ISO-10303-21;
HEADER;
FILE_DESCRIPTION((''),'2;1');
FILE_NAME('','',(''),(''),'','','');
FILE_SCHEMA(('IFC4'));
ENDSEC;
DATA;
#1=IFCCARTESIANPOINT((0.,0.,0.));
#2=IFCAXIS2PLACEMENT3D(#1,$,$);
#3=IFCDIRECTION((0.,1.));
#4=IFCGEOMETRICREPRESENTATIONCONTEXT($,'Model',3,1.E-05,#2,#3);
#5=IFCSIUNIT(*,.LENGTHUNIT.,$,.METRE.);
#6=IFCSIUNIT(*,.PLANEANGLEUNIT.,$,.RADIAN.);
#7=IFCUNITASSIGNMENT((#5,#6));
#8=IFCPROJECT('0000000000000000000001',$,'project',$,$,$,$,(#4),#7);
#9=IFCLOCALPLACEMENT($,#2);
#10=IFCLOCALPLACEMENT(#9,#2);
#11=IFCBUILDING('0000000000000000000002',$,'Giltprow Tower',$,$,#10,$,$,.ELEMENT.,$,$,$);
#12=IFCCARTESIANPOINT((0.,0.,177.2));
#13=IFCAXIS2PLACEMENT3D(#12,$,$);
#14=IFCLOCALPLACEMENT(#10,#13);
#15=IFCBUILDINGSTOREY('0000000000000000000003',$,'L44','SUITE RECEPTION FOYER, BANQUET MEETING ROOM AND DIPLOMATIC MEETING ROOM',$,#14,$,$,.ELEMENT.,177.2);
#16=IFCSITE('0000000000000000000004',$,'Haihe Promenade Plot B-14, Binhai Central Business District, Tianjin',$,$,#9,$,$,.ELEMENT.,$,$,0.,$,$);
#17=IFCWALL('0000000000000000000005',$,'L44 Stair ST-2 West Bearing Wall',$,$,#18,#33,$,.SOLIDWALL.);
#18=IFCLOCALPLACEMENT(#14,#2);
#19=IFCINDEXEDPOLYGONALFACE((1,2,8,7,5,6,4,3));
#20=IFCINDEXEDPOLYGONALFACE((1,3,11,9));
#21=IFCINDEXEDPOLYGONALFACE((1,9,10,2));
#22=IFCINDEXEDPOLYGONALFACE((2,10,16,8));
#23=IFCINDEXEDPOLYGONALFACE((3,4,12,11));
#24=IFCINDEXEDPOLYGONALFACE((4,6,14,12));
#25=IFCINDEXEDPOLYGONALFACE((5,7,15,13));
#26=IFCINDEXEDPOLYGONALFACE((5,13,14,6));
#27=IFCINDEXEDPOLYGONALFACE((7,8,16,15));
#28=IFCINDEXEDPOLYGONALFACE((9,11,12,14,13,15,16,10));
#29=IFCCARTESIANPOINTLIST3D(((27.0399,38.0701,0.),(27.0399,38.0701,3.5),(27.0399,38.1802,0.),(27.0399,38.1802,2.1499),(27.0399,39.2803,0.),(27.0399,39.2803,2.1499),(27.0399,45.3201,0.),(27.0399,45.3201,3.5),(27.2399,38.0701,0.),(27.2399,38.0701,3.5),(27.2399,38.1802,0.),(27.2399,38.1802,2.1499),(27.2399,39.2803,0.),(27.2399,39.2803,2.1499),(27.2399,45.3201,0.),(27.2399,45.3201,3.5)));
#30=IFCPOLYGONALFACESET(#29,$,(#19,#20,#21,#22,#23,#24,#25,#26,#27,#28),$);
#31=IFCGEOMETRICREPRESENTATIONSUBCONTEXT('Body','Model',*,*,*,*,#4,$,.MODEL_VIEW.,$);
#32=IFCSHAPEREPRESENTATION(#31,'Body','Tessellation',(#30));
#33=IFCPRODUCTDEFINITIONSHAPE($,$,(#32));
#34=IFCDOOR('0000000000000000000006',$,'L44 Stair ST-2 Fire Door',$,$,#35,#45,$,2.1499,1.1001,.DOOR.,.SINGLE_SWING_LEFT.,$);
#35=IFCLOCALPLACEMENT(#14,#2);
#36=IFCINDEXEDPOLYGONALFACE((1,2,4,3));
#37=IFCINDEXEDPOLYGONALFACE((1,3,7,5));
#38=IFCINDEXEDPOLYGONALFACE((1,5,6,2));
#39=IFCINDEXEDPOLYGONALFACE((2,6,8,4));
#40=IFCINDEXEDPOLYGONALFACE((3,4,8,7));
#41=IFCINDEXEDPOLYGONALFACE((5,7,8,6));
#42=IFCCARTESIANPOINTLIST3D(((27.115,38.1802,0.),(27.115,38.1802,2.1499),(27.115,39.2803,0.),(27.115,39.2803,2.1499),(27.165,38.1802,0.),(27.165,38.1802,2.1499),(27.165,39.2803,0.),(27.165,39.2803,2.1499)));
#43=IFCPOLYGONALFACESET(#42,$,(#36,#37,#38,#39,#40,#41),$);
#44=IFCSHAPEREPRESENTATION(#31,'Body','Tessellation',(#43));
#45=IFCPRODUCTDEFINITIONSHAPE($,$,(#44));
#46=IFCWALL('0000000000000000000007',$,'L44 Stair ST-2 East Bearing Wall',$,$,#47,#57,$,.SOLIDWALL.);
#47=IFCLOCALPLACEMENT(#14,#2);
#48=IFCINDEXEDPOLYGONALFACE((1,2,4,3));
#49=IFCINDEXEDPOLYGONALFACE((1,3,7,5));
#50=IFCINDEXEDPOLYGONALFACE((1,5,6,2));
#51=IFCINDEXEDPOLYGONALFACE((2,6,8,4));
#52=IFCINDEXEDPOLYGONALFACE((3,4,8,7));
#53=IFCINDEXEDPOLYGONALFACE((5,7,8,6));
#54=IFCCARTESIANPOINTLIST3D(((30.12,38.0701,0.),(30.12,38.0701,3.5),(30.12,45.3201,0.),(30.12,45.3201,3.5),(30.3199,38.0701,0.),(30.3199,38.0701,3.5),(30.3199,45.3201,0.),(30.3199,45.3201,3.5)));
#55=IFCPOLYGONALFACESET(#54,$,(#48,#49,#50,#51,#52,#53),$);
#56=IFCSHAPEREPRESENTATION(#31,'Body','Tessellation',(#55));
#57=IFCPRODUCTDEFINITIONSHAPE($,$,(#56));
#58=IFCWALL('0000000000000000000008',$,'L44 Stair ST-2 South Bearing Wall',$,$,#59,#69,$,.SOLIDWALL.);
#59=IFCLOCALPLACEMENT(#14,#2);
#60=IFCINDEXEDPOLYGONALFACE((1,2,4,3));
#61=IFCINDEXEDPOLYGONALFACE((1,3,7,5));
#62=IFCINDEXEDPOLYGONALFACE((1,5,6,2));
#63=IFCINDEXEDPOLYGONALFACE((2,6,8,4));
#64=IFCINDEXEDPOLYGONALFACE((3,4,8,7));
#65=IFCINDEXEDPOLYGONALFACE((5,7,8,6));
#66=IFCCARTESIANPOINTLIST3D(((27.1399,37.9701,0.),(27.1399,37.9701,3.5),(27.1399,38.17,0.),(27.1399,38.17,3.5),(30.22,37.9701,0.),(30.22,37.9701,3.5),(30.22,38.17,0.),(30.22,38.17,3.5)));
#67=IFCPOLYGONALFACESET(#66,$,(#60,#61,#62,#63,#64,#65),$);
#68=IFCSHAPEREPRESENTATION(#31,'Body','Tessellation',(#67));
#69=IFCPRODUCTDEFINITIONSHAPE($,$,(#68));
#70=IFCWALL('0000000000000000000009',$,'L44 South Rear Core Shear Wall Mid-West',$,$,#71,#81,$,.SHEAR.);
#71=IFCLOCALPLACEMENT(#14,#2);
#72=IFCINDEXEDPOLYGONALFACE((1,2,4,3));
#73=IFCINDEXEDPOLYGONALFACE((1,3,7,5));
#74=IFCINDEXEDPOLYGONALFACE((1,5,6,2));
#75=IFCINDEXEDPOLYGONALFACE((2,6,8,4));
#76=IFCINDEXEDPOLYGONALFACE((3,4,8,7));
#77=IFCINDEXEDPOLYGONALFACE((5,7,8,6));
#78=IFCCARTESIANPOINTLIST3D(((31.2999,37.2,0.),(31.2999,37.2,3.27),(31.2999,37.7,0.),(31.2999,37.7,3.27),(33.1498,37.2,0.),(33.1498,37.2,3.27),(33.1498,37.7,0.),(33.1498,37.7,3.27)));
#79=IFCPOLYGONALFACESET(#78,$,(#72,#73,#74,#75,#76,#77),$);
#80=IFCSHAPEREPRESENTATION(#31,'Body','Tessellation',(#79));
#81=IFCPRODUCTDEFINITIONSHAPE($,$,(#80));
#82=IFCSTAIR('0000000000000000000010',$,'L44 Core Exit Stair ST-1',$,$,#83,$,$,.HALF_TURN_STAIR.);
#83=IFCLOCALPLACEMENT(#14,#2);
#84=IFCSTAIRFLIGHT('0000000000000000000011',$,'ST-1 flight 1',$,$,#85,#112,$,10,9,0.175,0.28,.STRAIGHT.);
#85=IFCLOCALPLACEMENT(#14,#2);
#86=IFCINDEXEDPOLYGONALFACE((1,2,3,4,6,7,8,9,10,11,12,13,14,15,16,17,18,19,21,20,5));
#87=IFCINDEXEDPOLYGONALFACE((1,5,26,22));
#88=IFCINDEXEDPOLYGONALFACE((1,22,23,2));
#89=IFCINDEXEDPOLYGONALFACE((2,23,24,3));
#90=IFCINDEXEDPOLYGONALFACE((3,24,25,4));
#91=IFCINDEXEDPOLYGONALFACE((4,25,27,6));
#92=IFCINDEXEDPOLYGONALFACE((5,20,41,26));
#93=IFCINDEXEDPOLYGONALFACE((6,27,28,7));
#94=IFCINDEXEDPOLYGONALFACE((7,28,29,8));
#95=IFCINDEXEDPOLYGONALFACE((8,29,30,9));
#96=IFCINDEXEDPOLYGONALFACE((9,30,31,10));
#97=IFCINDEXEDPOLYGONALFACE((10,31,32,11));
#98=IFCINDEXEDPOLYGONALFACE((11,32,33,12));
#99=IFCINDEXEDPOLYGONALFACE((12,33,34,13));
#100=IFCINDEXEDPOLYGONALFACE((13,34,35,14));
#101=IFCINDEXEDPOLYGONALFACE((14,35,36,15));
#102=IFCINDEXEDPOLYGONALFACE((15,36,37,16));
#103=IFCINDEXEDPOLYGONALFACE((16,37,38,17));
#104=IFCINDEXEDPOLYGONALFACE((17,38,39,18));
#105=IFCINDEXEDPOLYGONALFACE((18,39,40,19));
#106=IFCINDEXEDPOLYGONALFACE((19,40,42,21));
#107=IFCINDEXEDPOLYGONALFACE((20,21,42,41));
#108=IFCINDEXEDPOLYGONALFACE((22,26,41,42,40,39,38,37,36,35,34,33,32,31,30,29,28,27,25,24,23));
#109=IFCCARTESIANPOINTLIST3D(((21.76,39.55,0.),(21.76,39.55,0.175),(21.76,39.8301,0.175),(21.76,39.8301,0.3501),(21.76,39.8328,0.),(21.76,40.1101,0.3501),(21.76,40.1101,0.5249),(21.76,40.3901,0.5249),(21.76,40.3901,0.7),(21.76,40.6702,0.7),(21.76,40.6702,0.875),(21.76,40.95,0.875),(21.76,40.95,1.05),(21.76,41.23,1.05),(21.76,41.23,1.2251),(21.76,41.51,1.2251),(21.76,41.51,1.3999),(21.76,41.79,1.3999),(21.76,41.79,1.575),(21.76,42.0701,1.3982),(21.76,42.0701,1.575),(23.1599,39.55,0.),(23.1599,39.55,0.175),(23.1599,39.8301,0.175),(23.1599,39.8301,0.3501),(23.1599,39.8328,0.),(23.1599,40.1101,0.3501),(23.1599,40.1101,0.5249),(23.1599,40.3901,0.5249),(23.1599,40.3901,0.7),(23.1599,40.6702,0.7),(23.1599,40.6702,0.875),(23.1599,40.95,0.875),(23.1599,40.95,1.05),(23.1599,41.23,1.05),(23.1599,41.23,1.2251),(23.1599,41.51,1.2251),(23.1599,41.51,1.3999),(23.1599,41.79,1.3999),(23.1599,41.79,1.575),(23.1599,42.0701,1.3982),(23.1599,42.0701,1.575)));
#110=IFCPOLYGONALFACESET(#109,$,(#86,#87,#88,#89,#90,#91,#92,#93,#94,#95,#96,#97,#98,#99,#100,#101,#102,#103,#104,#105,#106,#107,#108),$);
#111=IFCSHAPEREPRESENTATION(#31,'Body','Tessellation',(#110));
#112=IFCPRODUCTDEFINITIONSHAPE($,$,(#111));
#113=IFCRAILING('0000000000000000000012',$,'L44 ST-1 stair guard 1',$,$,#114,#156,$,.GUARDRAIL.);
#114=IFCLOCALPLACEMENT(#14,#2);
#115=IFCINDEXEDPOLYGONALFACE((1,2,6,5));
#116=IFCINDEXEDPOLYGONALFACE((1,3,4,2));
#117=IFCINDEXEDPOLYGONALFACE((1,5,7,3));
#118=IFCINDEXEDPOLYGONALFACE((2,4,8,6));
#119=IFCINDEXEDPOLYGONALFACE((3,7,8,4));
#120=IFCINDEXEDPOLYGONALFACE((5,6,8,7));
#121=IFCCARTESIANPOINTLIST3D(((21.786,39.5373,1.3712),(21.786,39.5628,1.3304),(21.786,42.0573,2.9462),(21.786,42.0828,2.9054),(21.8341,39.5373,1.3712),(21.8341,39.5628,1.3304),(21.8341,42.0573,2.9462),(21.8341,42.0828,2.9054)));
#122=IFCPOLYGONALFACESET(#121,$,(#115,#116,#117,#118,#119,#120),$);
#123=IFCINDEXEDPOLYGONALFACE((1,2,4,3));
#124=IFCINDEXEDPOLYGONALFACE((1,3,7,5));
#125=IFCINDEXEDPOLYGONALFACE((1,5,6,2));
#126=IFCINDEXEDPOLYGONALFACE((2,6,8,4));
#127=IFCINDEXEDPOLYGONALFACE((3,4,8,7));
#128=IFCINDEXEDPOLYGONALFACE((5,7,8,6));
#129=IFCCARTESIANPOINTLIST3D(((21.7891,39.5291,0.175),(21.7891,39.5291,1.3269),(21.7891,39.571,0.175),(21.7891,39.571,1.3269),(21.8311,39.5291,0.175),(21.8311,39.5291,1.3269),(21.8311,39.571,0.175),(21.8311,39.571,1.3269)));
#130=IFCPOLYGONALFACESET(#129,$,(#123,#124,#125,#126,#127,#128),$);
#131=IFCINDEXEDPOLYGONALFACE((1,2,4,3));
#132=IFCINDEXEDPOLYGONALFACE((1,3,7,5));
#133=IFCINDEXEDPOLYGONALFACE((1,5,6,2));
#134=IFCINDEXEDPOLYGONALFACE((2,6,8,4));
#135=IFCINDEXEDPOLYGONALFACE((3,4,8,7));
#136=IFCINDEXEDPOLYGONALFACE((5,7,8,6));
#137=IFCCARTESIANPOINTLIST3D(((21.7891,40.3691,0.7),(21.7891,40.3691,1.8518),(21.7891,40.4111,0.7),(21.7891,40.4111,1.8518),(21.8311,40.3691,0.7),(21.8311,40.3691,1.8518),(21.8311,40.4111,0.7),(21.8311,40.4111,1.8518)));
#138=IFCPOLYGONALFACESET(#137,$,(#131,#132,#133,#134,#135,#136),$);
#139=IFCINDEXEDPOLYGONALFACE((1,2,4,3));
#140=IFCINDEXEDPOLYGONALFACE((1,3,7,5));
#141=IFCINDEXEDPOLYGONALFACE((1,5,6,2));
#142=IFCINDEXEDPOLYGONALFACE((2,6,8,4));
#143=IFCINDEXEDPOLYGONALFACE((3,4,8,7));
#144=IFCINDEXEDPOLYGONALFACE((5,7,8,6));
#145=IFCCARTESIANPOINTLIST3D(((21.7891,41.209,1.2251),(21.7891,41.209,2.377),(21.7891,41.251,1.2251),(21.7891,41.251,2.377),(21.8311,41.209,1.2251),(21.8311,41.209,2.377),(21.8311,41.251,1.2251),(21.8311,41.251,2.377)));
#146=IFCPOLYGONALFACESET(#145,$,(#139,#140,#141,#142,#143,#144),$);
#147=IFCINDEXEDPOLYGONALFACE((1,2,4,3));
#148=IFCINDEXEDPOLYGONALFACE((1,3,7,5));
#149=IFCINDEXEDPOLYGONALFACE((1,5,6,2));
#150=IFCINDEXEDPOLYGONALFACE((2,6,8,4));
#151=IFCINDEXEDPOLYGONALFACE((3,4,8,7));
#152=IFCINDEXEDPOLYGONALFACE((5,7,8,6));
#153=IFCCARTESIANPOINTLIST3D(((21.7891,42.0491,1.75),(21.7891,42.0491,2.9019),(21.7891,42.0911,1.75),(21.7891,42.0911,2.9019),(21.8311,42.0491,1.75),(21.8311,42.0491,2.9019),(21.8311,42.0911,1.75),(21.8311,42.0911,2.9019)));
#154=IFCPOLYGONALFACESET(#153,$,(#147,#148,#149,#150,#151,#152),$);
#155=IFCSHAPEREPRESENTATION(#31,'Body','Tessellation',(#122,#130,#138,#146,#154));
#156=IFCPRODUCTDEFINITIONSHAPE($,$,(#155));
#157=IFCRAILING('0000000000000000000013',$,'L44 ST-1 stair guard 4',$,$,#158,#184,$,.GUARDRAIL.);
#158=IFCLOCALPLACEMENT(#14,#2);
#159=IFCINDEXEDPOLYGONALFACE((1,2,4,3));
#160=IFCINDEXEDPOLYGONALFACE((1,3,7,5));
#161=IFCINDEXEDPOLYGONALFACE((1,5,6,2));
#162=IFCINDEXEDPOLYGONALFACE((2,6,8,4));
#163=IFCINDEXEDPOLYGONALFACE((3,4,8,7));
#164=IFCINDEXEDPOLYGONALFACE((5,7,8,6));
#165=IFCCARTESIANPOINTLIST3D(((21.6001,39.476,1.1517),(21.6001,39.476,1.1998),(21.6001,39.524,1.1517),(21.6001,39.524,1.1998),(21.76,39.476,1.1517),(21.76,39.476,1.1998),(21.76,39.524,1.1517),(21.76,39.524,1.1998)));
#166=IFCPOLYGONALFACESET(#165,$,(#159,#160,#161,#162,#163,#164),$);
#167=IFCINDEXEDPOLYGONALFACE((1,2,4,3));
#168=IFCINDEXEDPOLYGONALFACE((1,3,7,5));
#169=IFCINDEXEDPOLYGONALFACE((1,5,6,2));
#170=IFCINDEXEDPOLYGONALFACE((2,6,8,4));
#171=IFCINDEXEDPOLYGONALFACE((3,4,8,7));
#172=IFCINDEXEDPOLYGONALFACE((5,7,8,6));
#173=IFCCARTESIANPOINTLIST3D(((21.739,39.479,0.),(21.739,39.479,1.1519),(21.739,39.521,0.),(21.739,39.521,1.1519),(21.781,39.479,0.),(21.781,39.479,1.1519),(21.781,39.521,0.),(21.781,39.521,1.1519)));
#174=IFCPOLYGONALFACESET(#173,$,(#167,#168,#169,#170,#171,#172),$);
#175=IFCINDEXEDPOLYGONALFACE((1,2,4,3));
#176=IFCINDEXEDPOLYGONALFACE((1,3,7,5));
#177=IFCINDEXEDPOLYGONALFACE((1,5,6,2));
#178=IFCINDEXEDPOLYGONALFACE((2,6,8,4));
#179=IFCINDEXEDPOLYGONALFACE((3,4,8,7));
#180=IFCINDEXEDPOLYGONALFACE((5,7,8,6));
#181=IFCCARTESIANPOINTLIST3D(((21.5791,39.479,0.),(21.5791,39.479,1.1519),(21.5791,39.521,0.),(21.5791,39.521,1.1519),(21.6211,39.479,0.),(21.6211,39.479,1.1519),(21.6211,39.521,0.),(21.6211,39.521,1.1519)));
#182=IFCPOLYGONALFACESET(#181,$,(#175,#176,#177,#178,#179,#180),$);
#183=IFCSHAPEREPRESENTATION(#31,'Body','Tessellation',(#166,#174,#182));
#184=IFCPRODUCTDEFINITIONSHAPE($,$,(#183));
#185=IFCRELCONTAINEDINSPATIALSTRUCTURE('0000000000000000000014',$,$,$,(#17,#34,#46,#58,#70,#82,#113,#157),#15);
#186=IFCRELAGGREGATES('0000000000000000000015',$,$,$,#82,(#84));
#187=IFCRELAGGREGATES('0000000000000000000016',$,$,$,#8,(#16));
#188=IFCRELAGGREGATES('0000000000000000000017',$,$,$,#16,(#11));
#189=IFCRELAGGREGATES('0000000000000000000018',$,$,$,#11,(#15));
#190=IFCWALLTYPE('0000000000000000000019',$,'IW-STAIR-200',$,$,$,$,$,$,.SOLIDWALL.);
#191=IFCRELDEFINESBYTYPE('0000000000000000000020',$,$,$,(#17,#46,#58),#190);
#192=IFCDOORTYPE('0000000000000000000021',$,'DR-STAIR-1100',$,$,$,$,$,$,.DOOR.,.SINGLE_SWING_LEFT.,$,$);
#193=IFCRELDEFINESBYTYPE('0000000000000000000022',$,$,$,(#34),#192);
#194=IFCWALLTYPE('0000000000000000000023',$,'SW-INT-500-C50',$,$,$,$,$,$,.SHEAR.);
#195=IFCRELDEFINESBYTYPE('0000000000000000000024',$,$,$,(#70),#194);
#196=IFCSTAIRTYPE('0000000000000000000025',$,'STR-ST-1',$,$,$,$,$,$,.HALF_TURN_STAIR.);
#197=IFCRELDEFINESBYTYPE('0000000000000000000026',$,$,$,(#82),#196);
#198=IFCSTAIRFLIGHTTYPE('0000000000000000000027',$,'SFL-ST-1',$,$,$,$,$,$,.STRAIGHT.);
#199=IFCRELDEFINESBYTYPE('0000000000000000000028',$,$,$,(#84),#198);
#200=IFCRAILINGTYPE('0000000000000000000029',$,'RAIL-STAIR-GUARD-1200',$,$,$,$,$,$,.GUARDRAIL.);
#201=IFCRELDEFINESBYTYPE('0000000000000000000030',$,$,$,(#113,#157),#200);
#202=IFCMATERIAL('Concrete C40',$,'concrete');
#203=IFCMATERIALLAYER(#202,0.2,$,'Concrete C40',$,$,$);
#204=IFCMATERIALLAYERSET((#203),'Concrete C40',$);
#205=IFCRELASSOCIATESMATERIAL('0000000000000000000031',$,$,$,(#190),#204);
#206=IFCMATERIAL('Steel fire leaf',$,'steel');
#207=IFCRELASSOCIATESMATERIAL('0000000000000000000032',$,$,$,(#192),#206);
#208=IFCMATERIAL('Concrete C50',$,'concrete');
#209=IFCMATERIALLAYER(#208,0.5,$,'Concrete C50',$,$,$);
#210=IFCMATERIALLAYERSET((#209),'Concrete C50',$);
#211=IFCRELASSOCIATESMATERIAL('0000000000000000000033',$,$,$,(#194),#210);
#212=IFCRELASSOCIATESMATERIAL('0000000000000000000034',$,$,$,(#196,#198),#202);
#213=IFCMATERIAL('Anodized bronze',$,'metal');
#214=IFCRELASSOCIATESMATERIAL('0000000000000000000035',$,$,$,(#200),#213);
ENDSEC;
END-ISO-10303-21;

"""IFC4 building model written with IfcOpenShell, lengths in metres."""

from ifc_helpers import new_model, si_unit, direction, frame, frame_2d, origin, origin_2d, place, context, subcontext, project, spatial, polyline, rectangle, outline, extrude, source, transform, mapped, material, layer, layer_set, type_object, element, fill, aggregate, save


model = new_model("IFC4")

# Units and contexts
model_context = context("Model", 3, precision=1e-05, world=origin(), true_north=direction((0.0, 1.0)))
body_context = subcontext(model_context, "Body", "Model", "MODEL_VIEW")
ifc_project = project(units=[si_unit("LENGTHUNIT", "METRE"), si_unit("PLANEANGLEUNIT", "RADIAN")], contexts=[model_context])

# Site, building, storey
site_placement = place(None, origin())
site = spatial("IfcSite", under=ifc_project, at=site_placement, Name="Haihe Promenade Plot B-14, Binhai Central Business District, Tianjin", CompositionType="ELEMENT", RefElevation=0.0)
building_placement = place(site_placement, origin())
building = spatial("IfcBuilding", under=site, at=building_placement, Name="Giltprow Tower", CompositionType="ELEMENT")
storey_placement = place(building_placement, frame((0.0, 0.0, 177.2)))
storey = spatial("IfcBuildingStorey", under=building, at=storey_placement, Name="L44", Description="SUITE RECEPTION FOYER, BANQUET MEETING ROOM AND DIPLOMATIC MEETING ROOM", CompositionType="ELEMENT", Elevation=177.2)

# Shared definitions
ifc_material_1 = material(Name="Concrete C50", Category="concrete")

# Wall, opening, door
ifc_material_2 = material(Name="Concrete C40", Category="concrete")
ifc_layer_1 = layer(ifc_material_2, 0.2, Name="Concrete C40")
ifc_layer_set_1 = layer_set([ifc_layer_1], Name="Concrete C40")
wall_type_1 = type_object("IfcWallType", Name="IW-STAIR-200", PredefinedType="SOLIDWALL", material=ifc_layer_set_1)
ifc_material_3 = material(Name="Steel fire leaf", Category="steel")
door_type_1 = type_object("IfcDoorType", Name="DR-STAIR-1100", OperationType="SINGLE_SWING_LEFT", PredefinedType="DOOR", material=ifc_material_3)
shared_shape_1 = source(origin(), body_context, "Body", "SweptSolid", [
    extrude(rectangle(XDim=1.1001, YDim=2.1499, at=frame_2d((0.55, 1.075))), frame((0.0, 0.0249, 0.0), z_axis=(0.0, -1.0, 0.0), x_axis=(1.0, 0.0, 0.0)), (0.0, 0.0, 1.0), 0.05),
])
wall_1_placement = place(storey_placement, frame((27.1399, 38.0701, 0.0), z_axis=(0.0, 0.0, 1.0), x_axis=(0.0, 1.0, 0.0)))
wall_1 = element("IfcWall", 1, at=wall_1_placement, inside=storey, type_object=wall_type_1, Name="L44 Stair ST-2 West Bearing Wall", PredefinedType="SOLIDWALL", context=body_context, shape_type="SweptSolid", body=[
    extrude(rectangle(XDim=7.25, YDim=0.2, at=frame_2d((3.625, 0.0))), origin(), (0.0, 0.0, 1.0), 3.5),
])
opening_1_placement = place(wall_1_placement, frame((0.1101, 0.0, 0.0)))
opening_1 = element("IfcOpeningElement", 2, at=opening_1_placement, cuts=wall_1, PredefinedType="OPENING", context=body_context, shape_type="SweptSolid", body=[
    extrude(rectangle(XDim=1.1001, YDim=2.1499, at=frame_2d((0.55, 1.075))), frame((0.0, 0.1099, 0.0), z_axis=(0.0, -1.0, 0.0), x_axis=(1.0, 0.0, 0.0)), (0.0, 0.0, 1.0), 0.22),
])
door_1_placement = place(opening_1_placement, origin())
door_1 = element("IfcDoor", 3, at=door_1_placement, inside=storey, type_object=door_type_1, Name="L44 Stair ST-2 Fire Door", OperationType="SINGLE_SWING_LEFT", OverallHeight=2.1499, OverallWidth=1.1001, PredefinedType="DOOR", context=body_context, shape_type="MappedRepresentation", body=[
    mapped(shared_shape_1, transform((0.0, 0.0, 0.0), x_axis=(1.0, 0.0, 0.0), y_axis=(0.0, 1.0, 0.0), z_axis=(0.0, 0.0, 1.0), scale=1.0)),
])
fill(opening_1, door_1)

# Walls
wall_2_placement = place(storey_placement, frame((30.22, 38.0701, 0.0), z_axis=(0.0, 0.0, 1.0), x_axis=(0.0, 1.0, 0.0)))
element("IfcWall", 4, at=wall_2_placement, inside=storey, type_object=wall_type_1, Name="L44 Stair ST-2 East Bearing Wall", PredefinedType="SOLIDWALL", context=body_context, shape_type="SweptSolid", body=[
    extrude(rectangle(XDim=7.25, YDim=0.2, at=frame_2d((3.625, 0.0))), origin(), (0.0, 0.0, 1.0), 3.5),
])
wall_3_placement = place(storey_placement, frame((27.1399, 38.0701, 0.0), z_axis=(0.0, 0.0, 1.0), x_axis=(1.0, 0.0, 0.0)))
element("IfcWall", 5, at=wall_3_placement, inside=storey, type_object=wall_type_1, Name="L44 Stair ST-2 South Bearing Wall", PredefinedType="SOLIDWALL", context=body_context, shape_type="SweptSolid", body=[
    extrude(rectangle(XDim=3.0801, YDim=0.2, at=frame_2d((1.54, 0.0))), origin(), (0.0, 0.0, 1.0), 3.5),
])

# Shared definitions
ifc_layer_2 = layer(ifc_material_1, 0.5, Name="Concrete C50")
ifc_layer_set_2 = layer_set([ifc_layer_2], Name="Concrete C50")
wall_type_2 = type_object("IfcWallType", Name="SW-INT-500-C50", PredefinedType="SHEAR", material=ifc_layer_set_2)

# Wall
wall_4_placement = place(storey_placement, frame((31.3, 37.45, 0.0), z_axis=(0.0, 0.0, 1.0), x_axis=(1.0, 0.0, 0.0)))
element("IfcWall", 6, at=wall_4_placement, inside=storey, type_object=wall_type_2, Name="L44 South Rear Core Shear Wall Mid-West", PredefinedType="SHEAR", context=body_context, shape_type="SweptSolid", body=[
    extrude(rectangle(XDim=1.8499, YDim=0.5, at=frame_2d((0.9248, 0.0))), origin(), (0.0, 0.0, 1.0), 3.27),
])

# Stair, stair flight
stair_type = type_object("IfcStairType", Name="STR-ST-1", PredefinedType="HALF_TURN_STAIR", material=ifc_material_2)
stair_placement = place(storey_placement, origin())
stair = element("IfcStair", 7, at=stair_placement, inside=storey, type_object=stair_type, Name="L44 Core Exit Stair ST-1", PredefinedType="HALF_TURN_STAIR")
stair_flight_type = type_object("IfcStairFlightType", Name="SFL-ST-1", PredefinedType="STRAIGHT", material=ifc_material_2)
stair_flight_placement = place(storey_placement, frame((22.46, 39.55, 0.0), z_axis=(0.0, 0.0, 1.0), x_axis=(0.0, 1.0, 0.0)))
stair_flight = element("IfcStairFlight", 8, at=stair_flight_placement, type_object=stair_flight_type, Name="ST-1 flight 1", NumberOfRisers=10, NumberOfTreads=9, PredefinedType="STRAIGHT", RiserHeight=0.175, TreadLength=0.28, context=body_context, shape_type="SweptSolid", body=[
    extrude(outline(polyline([(0.0, 0.0), (0.0, 0.175), (0.28, 0.175), (0.28, 0.3501), (0.5601, 0.3501), (0.5601, 0.5249), (0.8401, 0.5249), (0.8401, 0.7), (1.1201, 0.7), (1.1201, 0.875), (1.3999, 0.875), (1.3999, 1.05), (1.6799, 1.05), (1.6799, 1.2251), (1.96, 1.2251), (1.96, 1.3999), (2.24, 1.3999), (2.24, 1.575), (2.52, 1.575), (2.52, 1.75), (2.52, 1.3982), (0.2827, 0.0), (0.0, 0.0)])), frame((0.0, 0.7, 0.0), z_axis=(0.0, -1.0, 0.0), x_axis=(1.0, 0.0, 0.0)), (0.0, 0.0, 1.0), 1.3999),
])
aggregate(stair, [stair_flight])

# Railings
ifc_material_4 = material(Name="Anodized bronze", Category="metal")
railing_type_1 = type_object("IfcRailingType", Name="RAIL-STAIR-GUARD-1200", PredefinedType="GUARDRAIL", material=ifc_material_4)
railing_1_placement = place(storey_placement, frame((21.8101, 39.55, 0.175)))
element("IfcRailing", 9, at=railing_1_placement, inside=storey, type_object=railing_type_1, Name="L44 ST-1 stair guard 1", PredefinedType="GUARDRAIL", context=body_context, shape_type="SweptSolid", body=[
    extrude(rectangle(XDim=0.0481, YDim=0.0481, at=origin_2d()), frame((0.0, 0.0, 1.1758), z_axis=(0.0, 0.848008, 0.529984), x_axis=(-1.0, 0.0, 0.0)), (0.0, 0.0, 1.0), 2.9717),
    extrude(rectangle(XDim=0.042, YDim=0.042, at=origin_2d()), origin(), (0.0, 0.0, 1.0), 1.1519),
    extrude(rectangle(XDim=0.042, YDim=0.042, at=origin_2d()), frame((0.0, 0.8401, 0.5249)), (0.0, 0.0, 1.0), 1.1519),
    extrude(rectangle(XDim=0.042, YDim=0.042, at=origin_2d()), frame((0.0, 1.6799, 1.05)), (0.0, 0.0, 1.0), 1.1519),
    extrude(rectangle(XDim=0.042, YDim=0.042, at=origin_2d()), frame((0.0, 2.52, 1.575)), (0.0, 0.0, 1.0), 1.1519),
])
railing_2_placement = place(storey_placement, frame((21.76, 39.5, 0.0)))
element("IfcRailing", 10, at=railing_2_placement, inside=storey, type_object=railing_type_1, Name="L44 ST-1 stair guard 4", PredefinedType="GUARDRAIL", context=body_context, shape_type="SweptSolid", body=[
    extrude(rectangle(XDim=0.0481, YDim=0.0481, at=origin_2d()), frame((0.0, 0.0, 1.1758), z_axis=(-1.0, 0.0, 0.0), x_axis=(0.0, -1.0, 0.0)), (0.0, 0.0, 1.0), 0.1599),
    extrude(rectangle(XDim=0.042, YDim=0.042, at=origin_2d()), origin(), (0.0, 0.0, 1.0), 1.1519),
    extrude(rectangle(XDim=0.042, YDim=0.042, at=origin_2d()), frame((-0.1599, 0.0, 0.0)), (0.0, 0.0, 1.0), 1.1519),
])

save(model, "model.ifc")
